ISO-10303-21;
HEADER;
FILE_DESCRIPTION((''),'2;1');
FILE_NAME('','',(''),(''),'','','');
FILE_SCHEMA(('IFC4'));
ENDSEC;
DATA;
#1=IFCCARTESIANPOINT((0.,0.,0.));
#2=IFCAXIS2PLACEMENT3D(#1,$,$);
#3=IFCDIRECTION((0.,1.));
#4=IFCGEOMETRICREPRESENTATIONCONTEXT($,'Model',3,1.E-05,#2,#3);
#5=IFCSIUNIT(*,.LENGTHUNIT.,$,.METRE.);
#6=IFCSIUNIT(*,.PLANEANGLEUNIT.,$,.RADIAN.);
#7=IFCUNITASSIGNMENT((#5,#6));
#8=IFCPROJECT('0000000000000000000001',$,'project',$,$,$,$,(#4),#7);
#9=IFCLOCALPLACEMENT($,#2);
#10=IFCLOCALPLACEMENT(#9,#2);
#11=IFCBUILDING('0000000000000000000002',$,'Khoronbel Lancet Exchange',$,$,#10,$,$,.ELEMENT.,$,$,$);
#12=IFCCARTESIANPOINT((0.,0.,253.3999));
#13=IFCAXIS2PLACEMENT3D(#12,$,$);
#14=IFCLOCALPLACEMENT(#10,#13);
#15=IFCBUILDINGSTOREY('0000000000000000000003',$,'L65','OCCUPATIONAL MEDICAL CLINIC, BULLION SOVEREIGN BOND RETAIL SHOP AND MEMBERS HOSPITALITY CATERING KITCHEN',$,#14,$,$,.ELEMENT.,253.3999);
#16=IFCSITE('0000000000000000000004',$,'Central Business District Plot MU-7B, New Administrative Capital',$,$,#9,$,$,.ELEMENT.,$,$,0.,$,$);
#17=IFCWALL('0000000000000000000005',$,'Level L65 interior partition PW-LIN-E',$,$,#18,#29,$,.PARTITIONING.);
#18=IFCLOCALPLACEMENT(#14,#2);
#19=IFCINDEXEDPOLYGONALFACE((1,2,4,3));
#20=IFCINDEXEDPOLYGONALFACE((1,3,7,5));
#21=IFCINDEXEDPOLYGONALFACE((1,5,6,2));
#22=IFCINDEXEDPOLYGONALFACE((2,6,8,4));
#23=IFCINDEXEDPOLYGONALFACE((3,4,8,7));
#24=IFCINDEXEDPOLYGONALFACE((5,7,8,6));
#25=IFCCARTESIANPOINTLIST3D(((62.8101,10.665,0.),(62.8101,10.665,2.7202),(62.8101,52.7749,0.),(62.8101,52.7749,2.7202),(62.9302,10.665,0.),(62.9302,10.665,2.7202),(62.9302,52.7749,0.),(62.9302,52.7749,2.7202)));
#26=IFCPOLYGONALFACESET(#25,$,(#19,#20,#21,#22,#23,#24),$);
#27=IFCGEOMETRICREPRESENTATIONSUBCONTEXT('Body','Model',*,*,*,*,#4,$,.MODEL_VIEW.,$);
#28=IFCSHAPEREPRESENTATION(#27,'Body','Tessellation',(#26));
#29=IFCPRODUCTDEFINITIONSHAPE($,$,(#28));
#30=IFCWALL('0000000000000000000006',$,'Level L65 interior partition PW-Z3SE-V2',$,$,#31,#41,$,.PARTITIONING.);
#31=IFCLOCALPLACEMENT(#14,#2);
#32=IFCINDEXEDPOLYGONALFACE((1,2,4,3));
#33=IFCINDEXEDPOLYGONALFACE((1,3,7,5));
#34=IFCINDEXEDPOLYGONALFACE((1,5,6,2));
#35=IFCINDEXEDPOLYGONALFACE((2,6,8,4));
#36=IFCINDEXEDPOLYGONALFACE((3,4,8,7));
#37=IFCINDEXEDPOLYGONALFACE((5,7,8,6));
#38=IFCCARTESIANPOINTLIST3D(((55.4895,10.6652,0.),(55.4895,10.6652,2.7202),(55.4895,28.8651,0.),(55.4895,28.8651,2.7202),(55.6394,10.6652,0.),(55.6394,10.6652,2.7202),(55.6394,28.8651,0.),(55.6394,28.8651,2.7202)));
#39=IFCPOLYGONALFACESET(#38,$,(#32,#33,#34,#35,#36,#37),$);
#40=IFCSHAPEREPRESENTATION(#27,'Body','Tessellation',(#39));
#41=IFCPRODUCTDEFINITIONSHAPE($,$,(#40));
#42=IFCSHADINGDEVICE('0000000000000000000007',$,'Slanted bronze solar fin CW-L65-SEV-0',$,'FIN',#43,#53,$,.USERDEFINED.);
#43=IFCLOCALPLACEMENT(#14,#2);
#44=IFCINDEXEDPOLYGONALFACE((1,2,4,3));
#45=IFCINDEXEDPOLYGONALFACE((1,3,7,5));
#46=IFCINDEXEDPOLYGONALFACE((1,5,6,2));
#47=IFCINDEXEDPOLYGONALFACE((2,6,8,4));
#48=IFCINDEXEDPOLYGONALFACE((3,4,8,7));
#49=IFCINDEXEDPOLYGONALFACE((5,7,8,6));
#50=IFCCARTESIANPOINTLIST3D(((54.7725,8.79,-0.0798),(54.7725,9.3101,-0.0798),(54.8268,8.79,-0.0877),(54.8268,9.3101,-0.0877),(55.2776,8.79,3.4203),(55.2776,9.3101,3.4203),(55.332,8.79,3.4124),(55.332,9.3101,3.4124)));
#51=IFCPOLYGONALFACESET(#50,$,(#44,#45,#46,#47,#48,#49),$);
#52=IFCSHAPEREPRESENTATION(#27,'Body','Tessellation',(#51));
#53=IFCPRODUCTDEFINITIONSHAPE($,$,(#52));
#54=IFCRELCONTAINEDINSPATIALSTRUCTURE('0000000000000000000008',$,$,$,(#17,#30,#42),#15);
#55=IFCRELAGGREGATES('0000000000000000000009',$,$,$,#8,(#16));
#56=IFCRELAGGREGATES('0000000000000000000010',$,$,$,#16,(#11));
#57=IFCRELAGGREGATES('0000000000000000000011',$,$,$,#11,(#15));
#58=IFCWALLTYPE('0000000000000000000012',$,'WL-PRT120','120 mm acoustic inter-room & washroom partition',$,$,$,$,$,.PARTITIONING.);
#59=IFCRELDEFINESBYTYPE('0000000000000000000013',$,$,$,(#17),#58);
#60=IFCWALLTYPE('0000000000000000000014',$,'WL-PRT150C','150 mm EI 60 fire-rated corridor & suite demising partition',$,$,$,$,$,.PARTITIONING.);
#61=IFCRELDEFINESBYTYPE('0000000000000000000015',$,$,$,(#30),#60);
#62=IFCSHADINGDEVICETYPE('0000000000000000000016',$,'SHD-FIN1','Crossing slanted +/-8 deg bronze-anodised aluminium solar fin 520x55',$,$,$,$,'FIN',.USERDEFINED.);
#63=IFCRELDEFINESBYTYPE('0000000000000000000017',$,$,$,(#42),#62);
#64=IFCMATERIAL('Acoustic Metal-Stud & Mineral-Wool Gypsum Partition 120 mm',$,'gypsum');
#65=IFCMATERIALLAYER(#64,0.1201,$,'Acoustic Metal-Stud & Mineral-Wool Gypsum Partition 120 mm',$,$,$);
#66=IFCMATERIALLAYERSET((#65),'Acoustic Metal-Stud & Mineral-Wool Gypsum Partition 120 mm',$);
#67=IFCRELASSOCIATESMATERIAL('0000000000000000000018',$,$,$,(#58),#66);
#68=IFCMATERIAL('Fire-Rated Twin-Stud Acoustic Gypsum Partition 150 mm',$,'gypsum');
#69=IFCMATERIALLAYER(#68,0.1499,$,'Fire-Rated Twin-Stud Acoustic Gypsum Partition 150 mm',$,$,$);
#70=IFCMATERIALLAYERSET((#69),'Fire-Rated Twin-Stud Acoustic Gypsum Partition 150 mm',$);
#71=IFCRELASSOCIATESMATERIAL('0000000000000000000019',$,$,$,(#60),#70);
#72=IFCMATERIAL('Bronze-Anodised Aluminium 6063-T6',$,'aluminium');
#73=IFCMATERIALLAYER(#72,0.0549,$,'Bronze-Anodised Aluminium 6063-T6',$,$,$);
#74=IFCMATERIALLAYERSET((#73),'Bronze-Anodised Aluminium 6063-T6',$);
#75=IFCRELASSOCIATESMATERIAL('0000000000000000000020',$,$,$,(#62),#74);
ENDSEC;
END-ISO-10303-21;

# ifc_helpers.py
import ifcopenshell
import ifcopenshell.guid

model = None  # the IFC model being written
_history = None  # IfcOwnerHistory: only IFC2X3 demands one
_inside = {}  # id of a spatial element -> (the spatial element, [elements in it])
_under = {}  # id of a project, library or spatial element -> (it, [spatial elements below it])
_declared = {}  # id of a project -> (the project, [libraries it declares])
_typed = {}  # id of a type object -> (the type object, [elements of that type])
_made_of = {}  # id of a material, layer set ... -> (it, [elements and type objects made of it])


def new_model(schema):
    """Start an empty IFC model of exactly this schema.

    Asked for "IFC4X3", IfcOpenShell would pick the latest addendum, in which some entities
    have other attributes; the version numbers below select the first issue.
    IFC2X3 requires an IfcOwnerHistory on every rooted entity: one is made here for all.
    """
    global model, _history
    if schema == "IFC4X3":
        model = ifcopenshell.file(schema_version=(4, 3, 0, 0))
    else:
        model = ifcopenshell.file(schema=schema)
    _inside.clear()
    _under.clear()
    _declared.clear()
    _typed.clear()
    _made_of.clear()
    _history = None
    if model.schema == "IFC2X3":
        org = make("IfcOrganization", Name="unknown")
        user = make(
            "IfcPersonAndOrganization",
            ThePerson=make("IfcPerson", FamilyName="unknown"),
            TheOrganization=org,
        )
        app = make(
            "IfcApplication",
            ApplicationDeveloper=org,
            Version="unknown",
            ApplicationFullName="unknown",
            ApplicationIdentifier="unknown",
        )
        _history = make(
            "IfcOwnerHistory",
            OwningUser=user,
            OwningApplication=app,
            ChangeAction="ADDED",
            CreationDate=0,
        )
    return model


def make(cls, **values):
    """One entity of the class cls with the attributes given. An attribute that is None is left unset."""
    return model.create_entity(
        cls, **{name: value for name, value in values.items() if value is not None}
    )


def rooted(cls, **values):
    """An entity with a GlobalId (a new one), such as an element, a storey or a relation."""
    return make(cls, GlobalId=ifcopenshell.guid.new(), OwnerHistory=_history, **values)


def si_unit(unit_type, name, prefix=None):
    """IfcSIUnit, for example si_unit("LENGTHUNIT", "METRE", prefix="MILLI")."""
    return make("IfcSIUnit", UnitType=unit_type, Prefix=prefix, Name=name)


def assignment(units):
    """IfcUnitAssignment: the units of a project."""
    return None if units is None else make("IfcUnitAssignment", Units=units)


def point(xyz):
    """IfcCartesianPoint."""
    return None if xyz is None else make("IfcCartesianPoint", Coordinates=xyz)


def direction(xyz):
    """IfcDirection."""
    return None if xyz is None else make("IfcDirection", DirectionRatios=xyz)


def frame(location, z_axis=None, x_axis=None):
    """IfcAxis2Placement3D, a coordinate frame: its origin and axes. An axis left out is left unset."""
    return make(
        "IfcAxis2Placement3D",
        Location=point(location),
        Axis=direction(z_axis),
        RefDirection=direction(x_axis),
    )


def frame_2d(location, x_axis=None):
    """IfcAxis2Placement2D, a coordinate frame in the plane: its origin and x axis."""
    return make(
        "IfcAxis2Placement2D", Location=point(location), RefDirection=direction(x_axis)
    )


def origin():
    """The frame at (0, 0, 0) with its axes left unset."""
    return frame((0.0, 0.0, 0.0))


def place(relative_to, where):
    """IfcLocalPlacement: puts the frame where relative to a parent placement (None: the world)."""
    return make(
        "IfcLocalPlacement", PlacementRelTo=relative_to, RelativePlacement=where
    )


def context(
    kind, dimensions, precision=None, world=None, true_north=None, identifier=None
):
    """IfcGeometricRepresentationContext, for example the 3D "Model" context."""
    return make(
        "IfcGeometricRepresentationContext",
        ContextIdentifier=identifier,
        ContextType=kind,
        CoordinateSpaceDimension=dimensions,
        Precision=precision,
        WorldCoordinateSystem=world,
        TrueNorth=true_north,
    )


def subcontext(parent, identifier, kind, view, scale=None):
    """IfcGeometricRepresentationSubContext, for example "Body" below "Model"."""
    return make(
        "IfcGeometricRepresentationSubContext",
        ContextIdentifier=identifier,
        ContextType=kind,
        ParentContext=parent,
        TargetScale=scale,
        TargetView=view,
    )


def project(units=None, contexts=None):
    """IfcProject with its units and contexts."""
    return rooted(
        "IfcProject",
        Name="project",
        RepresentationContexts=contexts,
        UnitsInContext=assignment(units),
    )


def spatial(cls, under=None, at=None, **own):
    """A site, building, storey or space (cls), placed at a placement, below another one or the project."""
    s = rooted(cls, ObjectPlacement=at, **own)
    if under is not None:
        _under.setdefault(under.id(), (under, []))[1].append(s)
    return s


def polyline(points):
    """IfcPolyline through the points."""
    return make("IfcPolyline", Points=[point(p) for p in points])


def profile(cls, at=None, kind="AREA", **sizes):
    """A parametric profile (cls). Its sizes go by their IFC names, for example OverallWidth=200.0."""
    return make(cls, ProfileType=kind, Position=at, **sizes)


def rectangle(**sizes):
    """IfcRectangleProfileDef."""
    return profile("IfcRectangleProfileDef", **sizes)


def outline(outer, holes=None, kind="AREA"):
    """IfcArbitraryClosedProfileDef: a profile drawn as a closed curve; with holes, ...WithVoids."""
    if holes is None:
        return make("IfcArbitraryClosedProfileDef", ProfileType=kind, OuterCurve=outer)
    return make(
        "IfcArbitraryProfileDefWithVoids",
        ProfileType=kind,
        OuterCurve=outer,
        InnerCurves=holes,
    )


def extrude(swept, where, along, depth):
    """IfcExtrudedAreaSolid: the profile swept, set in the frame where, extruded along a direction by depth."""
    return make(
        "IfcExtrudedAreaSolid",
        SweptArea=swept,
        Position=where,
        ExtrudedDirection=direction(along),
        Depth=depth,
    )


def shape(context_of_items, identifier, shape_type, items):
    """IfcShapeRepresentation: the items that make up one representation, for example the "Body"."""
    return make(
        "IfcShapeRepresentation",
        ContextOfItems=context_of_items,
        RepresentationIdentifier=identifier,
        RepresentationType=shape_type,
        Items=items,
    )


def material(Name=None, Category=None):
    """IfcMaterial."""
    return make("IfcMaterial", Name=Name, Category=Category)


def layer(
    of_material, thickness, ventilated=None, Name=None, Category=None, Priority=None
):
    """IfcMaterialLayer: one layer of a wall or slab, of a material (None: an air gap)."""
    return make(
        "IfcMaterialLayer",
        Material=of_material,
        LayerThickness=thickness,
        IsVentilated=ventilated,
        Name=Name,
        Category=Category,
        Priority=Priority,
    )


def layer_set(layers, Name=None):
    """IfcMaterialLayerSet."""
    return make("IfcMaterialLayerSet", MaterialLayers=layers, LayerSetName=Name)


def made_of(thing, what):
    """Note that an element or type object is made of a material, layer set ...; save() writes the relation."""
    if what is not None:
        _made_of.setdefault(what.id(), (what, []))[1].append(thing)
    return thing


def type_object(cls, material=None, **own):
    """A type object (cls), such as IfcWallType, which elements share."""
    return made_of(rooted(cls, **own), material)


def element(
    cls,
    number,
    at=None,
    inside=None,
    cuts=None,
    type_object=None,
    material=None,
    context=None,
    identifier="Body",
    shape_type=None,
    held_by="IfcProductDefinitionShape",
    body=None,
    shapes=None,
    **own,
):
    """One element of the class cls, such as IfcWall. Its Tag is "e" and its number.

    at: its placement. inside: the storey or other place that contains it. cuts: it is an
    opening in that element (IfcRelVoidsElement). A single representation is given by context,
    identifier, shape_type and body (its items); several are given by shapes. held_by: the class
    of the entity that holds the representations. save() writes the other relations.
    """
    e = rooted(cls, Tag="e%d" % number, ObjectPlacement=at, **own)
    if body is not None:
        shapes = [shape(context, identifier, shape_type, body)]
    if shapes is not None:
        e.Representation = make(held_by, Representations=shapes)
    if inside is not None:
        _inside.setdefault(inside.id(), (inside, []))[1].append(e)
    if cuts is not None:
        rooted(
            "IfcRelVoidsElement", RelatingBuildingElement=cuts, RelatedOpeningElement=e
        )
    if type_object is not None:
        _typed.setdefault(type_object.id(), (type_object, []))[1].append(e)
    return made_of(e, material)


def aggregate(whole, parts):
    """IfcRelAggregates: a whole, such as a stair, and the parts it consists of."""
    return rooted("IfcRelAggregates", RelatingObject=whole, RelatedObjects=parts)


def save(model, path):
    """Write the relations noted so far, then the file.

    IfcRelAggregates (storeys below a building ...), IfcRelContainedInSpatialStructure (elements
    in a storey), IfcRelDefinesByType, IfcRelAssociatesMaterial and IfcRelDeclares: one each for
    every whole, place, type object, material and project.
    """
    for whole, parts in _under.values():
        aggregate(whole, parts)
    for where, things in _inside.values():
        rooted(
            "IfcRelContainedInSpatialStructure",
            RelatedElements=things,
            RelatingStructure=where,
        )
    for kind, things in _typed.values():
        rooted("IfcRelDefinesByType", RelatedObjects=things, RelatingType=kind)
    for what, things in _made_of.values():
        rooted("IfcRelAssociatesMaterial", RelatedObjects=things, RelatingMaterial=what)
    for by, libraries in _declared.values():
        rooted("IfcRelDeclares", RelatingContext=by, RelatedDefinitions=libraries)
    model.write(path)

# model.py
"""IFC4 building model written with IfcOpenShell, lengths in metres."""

from ifc_helpers import new_model, si_unit, direction, frame, frame_2d, origin, place, context, subcontext, project, spatial, polyline, rectangle, outline, extrude, material, layer, layer_set, type_object, element, save


model = new_model("IFC4")

# Units and contexts
model_context = context("Model", 3, precision=1e-05, world=origin(), true_north=direction((0.0, 1.0)))
body_context = subcontext(model_context, "Body", "Model", "MODEL_VIEW")
ifc_project = project(units=[si_unit("LENGTHUNIT", "METRE"), si_unit("PLANEANGLEUNIT", "RADIAN")], contexts=[model_context])

# Site, building, storey
site_placement = place(None, origin())
site = spatial("IfcSite", under=ifc_project, at=site_placement, Name="Central Business District Plot MU-7B, New Administrative Capital", CompositionType="ELEMENT", RefElevation=0.0)
building_placement = place(site_placement, origin())
building = spatial("IfcBuilding", under=site, at=building_placement, Name="Khoronbel Lancet Exchange", CompositionType="ELEMENT")
storey_placement = place(building_placement, frame((0.0, 0.0, 253.3999)))
storey = spatial("IfcBuildingStorey", under=building, at=storey_placement, Name="L65", Description="OCCUPATIONAL MEDICAL CLINIC, BULLION SOVEREIGN BOND RETAIL SHOP AND MEMBERS HOSPITALITY CATERING KITCHEN", CompositionType="ELEMENT", Elevation=253.3999)

# Shared definitions
ifc_material_1 = material(Name="Bronze-Anodised Aluminium 6063-T6", Category="aluminium")

# Walls
ifc_material_2 = material(Name="Acoustic Metal-Stud & Mineral-Wool Gypsum Partition 120 mm", Category="gypsum")
ifc_layer_1 = layer(ifc_material_2, 0.1201, Name="Acoustic Metal-Stud & Mineral-Wool Gypsum Partition 120 mm")
ifc_layer_set_1 = layer_set([ifc_layer_1], Name="Acoustic Metal-Stud & Mineral-Wool Gypsum Partition 120 mm")
wall_type_1 = type_object("IfcWallType", Name="WL-PRT120", Description="120 mm acoustic inter-room & washroom partition", PredefinedType="PARTITIONING", material=ifc_layer_set_1)
wall_1_placement = place(storey_placement, frame((62.8701, 10.665, 0.0), z_axis=(0.0, 0.0, 1.0), x_axis=(0.0, 1.0, 0.0)))
element("IfcWall", 1, at=wall_1_placement, inside=storey, type_object=wall_type_1, Name="Level L65 interior partition PW-LIN-E", PredefinedType="PARTITIONING", context=body_context, shape_type="SweptSolid", body=[
    extrude(rectangle(XDim=42.1099, YDim=0.1201, at=frame_2d((21.0549, 0.0))), origin(), (0.0, 0.0, 1.0), 2.7202),
])
ifc_material_3 = material(Name="Fire-Rated Twin-Stud Acoustic Gypsum Partition 150 mm", Category="gypsum")
ifc_layer_2 = layer(ifc_material_3, 0.1499, Name="Fire-Rated Twin-Stud Acoustic Gypsum Partition 150 mm")
ifc_layer_set_2 = layer_set([ifc_layer_2], Name="Fire-Rated Twin-Stud Acoustic Gypsum Partition 150 mm")
wall_type_2 = type_object("IfcWallType", Name="WL-PRT150C", Description="150 mm EI 60 fire-rated corridor & suite demising partition", PredefinedType="PARTITIONING", material=ifc_layer_set_2)
wall_2_placement = place(storey_placement, frame((55.5645, 10.665, 0.0), z_axis=(0.0, 0.0, 1.0), x_axis=(0.0, 1.0, 0.0)))
element("IfcWall", 2, at=wall_2_placement, inside=storey, type_object=wall_type_2, Name="Level L65 interior partition PW-Z3SE-V2", PredefinedType="PARTITIONING", context=body_context, shape_type="SweptSolid", body=[
    extrude(rectangle(XDim=18.2, YDim=0.1499, at=frame_2d((9.1001, 0.0))), origin(), (0.0, 0.0, 1.0), 2.7202),
])

# Shading device
ifc_layer_3 = layer(ifc_material_1, 0.0549, Name="Bronze-Anodised Aluminium 6063-T6")
ifc_layer_set_3 = layer_set([ifc_layer_3], Name="Bronze-Anodised Aluminium 6063-T6")
shading_device_type = type_object("IfcShadingDeviceType", Name="SHD-FIN1", Description="Crossing slanted +/-8 deg bronze-anodised aluminium solar fin 520x55", ElementType="FIN", PredefinedType="USERDEFINED", material=ifc_layer_set_3)
shading_device_placement = place(storey_placement, frame((54.7725, 9.3101, -0.0798), z_axis=(-0.989745, 0.0, 0.142842), x_axis=(0.0, -1.0, 0.0)))
element("IfcShadingDevice", 3, at=shading_device_placement, inside=storey, type_object=shading_device_type, Name="Slanted bronze solar fin CW-L65-SEV-0", ObjectType="FIN", PredefinedType="USERDEFINED", context=body_context, shape_type="SweptSolid", body=[
    extrude(outline(polyline([(0.0, 0.0), (0.52, 0.0), (0.52, 3.5364), (0.0, 3.5364), (0.0, 0.0)])), origin(), (0.0, 0.0, -1.0), 0.0549),
])

save(model, "model.ifc")
